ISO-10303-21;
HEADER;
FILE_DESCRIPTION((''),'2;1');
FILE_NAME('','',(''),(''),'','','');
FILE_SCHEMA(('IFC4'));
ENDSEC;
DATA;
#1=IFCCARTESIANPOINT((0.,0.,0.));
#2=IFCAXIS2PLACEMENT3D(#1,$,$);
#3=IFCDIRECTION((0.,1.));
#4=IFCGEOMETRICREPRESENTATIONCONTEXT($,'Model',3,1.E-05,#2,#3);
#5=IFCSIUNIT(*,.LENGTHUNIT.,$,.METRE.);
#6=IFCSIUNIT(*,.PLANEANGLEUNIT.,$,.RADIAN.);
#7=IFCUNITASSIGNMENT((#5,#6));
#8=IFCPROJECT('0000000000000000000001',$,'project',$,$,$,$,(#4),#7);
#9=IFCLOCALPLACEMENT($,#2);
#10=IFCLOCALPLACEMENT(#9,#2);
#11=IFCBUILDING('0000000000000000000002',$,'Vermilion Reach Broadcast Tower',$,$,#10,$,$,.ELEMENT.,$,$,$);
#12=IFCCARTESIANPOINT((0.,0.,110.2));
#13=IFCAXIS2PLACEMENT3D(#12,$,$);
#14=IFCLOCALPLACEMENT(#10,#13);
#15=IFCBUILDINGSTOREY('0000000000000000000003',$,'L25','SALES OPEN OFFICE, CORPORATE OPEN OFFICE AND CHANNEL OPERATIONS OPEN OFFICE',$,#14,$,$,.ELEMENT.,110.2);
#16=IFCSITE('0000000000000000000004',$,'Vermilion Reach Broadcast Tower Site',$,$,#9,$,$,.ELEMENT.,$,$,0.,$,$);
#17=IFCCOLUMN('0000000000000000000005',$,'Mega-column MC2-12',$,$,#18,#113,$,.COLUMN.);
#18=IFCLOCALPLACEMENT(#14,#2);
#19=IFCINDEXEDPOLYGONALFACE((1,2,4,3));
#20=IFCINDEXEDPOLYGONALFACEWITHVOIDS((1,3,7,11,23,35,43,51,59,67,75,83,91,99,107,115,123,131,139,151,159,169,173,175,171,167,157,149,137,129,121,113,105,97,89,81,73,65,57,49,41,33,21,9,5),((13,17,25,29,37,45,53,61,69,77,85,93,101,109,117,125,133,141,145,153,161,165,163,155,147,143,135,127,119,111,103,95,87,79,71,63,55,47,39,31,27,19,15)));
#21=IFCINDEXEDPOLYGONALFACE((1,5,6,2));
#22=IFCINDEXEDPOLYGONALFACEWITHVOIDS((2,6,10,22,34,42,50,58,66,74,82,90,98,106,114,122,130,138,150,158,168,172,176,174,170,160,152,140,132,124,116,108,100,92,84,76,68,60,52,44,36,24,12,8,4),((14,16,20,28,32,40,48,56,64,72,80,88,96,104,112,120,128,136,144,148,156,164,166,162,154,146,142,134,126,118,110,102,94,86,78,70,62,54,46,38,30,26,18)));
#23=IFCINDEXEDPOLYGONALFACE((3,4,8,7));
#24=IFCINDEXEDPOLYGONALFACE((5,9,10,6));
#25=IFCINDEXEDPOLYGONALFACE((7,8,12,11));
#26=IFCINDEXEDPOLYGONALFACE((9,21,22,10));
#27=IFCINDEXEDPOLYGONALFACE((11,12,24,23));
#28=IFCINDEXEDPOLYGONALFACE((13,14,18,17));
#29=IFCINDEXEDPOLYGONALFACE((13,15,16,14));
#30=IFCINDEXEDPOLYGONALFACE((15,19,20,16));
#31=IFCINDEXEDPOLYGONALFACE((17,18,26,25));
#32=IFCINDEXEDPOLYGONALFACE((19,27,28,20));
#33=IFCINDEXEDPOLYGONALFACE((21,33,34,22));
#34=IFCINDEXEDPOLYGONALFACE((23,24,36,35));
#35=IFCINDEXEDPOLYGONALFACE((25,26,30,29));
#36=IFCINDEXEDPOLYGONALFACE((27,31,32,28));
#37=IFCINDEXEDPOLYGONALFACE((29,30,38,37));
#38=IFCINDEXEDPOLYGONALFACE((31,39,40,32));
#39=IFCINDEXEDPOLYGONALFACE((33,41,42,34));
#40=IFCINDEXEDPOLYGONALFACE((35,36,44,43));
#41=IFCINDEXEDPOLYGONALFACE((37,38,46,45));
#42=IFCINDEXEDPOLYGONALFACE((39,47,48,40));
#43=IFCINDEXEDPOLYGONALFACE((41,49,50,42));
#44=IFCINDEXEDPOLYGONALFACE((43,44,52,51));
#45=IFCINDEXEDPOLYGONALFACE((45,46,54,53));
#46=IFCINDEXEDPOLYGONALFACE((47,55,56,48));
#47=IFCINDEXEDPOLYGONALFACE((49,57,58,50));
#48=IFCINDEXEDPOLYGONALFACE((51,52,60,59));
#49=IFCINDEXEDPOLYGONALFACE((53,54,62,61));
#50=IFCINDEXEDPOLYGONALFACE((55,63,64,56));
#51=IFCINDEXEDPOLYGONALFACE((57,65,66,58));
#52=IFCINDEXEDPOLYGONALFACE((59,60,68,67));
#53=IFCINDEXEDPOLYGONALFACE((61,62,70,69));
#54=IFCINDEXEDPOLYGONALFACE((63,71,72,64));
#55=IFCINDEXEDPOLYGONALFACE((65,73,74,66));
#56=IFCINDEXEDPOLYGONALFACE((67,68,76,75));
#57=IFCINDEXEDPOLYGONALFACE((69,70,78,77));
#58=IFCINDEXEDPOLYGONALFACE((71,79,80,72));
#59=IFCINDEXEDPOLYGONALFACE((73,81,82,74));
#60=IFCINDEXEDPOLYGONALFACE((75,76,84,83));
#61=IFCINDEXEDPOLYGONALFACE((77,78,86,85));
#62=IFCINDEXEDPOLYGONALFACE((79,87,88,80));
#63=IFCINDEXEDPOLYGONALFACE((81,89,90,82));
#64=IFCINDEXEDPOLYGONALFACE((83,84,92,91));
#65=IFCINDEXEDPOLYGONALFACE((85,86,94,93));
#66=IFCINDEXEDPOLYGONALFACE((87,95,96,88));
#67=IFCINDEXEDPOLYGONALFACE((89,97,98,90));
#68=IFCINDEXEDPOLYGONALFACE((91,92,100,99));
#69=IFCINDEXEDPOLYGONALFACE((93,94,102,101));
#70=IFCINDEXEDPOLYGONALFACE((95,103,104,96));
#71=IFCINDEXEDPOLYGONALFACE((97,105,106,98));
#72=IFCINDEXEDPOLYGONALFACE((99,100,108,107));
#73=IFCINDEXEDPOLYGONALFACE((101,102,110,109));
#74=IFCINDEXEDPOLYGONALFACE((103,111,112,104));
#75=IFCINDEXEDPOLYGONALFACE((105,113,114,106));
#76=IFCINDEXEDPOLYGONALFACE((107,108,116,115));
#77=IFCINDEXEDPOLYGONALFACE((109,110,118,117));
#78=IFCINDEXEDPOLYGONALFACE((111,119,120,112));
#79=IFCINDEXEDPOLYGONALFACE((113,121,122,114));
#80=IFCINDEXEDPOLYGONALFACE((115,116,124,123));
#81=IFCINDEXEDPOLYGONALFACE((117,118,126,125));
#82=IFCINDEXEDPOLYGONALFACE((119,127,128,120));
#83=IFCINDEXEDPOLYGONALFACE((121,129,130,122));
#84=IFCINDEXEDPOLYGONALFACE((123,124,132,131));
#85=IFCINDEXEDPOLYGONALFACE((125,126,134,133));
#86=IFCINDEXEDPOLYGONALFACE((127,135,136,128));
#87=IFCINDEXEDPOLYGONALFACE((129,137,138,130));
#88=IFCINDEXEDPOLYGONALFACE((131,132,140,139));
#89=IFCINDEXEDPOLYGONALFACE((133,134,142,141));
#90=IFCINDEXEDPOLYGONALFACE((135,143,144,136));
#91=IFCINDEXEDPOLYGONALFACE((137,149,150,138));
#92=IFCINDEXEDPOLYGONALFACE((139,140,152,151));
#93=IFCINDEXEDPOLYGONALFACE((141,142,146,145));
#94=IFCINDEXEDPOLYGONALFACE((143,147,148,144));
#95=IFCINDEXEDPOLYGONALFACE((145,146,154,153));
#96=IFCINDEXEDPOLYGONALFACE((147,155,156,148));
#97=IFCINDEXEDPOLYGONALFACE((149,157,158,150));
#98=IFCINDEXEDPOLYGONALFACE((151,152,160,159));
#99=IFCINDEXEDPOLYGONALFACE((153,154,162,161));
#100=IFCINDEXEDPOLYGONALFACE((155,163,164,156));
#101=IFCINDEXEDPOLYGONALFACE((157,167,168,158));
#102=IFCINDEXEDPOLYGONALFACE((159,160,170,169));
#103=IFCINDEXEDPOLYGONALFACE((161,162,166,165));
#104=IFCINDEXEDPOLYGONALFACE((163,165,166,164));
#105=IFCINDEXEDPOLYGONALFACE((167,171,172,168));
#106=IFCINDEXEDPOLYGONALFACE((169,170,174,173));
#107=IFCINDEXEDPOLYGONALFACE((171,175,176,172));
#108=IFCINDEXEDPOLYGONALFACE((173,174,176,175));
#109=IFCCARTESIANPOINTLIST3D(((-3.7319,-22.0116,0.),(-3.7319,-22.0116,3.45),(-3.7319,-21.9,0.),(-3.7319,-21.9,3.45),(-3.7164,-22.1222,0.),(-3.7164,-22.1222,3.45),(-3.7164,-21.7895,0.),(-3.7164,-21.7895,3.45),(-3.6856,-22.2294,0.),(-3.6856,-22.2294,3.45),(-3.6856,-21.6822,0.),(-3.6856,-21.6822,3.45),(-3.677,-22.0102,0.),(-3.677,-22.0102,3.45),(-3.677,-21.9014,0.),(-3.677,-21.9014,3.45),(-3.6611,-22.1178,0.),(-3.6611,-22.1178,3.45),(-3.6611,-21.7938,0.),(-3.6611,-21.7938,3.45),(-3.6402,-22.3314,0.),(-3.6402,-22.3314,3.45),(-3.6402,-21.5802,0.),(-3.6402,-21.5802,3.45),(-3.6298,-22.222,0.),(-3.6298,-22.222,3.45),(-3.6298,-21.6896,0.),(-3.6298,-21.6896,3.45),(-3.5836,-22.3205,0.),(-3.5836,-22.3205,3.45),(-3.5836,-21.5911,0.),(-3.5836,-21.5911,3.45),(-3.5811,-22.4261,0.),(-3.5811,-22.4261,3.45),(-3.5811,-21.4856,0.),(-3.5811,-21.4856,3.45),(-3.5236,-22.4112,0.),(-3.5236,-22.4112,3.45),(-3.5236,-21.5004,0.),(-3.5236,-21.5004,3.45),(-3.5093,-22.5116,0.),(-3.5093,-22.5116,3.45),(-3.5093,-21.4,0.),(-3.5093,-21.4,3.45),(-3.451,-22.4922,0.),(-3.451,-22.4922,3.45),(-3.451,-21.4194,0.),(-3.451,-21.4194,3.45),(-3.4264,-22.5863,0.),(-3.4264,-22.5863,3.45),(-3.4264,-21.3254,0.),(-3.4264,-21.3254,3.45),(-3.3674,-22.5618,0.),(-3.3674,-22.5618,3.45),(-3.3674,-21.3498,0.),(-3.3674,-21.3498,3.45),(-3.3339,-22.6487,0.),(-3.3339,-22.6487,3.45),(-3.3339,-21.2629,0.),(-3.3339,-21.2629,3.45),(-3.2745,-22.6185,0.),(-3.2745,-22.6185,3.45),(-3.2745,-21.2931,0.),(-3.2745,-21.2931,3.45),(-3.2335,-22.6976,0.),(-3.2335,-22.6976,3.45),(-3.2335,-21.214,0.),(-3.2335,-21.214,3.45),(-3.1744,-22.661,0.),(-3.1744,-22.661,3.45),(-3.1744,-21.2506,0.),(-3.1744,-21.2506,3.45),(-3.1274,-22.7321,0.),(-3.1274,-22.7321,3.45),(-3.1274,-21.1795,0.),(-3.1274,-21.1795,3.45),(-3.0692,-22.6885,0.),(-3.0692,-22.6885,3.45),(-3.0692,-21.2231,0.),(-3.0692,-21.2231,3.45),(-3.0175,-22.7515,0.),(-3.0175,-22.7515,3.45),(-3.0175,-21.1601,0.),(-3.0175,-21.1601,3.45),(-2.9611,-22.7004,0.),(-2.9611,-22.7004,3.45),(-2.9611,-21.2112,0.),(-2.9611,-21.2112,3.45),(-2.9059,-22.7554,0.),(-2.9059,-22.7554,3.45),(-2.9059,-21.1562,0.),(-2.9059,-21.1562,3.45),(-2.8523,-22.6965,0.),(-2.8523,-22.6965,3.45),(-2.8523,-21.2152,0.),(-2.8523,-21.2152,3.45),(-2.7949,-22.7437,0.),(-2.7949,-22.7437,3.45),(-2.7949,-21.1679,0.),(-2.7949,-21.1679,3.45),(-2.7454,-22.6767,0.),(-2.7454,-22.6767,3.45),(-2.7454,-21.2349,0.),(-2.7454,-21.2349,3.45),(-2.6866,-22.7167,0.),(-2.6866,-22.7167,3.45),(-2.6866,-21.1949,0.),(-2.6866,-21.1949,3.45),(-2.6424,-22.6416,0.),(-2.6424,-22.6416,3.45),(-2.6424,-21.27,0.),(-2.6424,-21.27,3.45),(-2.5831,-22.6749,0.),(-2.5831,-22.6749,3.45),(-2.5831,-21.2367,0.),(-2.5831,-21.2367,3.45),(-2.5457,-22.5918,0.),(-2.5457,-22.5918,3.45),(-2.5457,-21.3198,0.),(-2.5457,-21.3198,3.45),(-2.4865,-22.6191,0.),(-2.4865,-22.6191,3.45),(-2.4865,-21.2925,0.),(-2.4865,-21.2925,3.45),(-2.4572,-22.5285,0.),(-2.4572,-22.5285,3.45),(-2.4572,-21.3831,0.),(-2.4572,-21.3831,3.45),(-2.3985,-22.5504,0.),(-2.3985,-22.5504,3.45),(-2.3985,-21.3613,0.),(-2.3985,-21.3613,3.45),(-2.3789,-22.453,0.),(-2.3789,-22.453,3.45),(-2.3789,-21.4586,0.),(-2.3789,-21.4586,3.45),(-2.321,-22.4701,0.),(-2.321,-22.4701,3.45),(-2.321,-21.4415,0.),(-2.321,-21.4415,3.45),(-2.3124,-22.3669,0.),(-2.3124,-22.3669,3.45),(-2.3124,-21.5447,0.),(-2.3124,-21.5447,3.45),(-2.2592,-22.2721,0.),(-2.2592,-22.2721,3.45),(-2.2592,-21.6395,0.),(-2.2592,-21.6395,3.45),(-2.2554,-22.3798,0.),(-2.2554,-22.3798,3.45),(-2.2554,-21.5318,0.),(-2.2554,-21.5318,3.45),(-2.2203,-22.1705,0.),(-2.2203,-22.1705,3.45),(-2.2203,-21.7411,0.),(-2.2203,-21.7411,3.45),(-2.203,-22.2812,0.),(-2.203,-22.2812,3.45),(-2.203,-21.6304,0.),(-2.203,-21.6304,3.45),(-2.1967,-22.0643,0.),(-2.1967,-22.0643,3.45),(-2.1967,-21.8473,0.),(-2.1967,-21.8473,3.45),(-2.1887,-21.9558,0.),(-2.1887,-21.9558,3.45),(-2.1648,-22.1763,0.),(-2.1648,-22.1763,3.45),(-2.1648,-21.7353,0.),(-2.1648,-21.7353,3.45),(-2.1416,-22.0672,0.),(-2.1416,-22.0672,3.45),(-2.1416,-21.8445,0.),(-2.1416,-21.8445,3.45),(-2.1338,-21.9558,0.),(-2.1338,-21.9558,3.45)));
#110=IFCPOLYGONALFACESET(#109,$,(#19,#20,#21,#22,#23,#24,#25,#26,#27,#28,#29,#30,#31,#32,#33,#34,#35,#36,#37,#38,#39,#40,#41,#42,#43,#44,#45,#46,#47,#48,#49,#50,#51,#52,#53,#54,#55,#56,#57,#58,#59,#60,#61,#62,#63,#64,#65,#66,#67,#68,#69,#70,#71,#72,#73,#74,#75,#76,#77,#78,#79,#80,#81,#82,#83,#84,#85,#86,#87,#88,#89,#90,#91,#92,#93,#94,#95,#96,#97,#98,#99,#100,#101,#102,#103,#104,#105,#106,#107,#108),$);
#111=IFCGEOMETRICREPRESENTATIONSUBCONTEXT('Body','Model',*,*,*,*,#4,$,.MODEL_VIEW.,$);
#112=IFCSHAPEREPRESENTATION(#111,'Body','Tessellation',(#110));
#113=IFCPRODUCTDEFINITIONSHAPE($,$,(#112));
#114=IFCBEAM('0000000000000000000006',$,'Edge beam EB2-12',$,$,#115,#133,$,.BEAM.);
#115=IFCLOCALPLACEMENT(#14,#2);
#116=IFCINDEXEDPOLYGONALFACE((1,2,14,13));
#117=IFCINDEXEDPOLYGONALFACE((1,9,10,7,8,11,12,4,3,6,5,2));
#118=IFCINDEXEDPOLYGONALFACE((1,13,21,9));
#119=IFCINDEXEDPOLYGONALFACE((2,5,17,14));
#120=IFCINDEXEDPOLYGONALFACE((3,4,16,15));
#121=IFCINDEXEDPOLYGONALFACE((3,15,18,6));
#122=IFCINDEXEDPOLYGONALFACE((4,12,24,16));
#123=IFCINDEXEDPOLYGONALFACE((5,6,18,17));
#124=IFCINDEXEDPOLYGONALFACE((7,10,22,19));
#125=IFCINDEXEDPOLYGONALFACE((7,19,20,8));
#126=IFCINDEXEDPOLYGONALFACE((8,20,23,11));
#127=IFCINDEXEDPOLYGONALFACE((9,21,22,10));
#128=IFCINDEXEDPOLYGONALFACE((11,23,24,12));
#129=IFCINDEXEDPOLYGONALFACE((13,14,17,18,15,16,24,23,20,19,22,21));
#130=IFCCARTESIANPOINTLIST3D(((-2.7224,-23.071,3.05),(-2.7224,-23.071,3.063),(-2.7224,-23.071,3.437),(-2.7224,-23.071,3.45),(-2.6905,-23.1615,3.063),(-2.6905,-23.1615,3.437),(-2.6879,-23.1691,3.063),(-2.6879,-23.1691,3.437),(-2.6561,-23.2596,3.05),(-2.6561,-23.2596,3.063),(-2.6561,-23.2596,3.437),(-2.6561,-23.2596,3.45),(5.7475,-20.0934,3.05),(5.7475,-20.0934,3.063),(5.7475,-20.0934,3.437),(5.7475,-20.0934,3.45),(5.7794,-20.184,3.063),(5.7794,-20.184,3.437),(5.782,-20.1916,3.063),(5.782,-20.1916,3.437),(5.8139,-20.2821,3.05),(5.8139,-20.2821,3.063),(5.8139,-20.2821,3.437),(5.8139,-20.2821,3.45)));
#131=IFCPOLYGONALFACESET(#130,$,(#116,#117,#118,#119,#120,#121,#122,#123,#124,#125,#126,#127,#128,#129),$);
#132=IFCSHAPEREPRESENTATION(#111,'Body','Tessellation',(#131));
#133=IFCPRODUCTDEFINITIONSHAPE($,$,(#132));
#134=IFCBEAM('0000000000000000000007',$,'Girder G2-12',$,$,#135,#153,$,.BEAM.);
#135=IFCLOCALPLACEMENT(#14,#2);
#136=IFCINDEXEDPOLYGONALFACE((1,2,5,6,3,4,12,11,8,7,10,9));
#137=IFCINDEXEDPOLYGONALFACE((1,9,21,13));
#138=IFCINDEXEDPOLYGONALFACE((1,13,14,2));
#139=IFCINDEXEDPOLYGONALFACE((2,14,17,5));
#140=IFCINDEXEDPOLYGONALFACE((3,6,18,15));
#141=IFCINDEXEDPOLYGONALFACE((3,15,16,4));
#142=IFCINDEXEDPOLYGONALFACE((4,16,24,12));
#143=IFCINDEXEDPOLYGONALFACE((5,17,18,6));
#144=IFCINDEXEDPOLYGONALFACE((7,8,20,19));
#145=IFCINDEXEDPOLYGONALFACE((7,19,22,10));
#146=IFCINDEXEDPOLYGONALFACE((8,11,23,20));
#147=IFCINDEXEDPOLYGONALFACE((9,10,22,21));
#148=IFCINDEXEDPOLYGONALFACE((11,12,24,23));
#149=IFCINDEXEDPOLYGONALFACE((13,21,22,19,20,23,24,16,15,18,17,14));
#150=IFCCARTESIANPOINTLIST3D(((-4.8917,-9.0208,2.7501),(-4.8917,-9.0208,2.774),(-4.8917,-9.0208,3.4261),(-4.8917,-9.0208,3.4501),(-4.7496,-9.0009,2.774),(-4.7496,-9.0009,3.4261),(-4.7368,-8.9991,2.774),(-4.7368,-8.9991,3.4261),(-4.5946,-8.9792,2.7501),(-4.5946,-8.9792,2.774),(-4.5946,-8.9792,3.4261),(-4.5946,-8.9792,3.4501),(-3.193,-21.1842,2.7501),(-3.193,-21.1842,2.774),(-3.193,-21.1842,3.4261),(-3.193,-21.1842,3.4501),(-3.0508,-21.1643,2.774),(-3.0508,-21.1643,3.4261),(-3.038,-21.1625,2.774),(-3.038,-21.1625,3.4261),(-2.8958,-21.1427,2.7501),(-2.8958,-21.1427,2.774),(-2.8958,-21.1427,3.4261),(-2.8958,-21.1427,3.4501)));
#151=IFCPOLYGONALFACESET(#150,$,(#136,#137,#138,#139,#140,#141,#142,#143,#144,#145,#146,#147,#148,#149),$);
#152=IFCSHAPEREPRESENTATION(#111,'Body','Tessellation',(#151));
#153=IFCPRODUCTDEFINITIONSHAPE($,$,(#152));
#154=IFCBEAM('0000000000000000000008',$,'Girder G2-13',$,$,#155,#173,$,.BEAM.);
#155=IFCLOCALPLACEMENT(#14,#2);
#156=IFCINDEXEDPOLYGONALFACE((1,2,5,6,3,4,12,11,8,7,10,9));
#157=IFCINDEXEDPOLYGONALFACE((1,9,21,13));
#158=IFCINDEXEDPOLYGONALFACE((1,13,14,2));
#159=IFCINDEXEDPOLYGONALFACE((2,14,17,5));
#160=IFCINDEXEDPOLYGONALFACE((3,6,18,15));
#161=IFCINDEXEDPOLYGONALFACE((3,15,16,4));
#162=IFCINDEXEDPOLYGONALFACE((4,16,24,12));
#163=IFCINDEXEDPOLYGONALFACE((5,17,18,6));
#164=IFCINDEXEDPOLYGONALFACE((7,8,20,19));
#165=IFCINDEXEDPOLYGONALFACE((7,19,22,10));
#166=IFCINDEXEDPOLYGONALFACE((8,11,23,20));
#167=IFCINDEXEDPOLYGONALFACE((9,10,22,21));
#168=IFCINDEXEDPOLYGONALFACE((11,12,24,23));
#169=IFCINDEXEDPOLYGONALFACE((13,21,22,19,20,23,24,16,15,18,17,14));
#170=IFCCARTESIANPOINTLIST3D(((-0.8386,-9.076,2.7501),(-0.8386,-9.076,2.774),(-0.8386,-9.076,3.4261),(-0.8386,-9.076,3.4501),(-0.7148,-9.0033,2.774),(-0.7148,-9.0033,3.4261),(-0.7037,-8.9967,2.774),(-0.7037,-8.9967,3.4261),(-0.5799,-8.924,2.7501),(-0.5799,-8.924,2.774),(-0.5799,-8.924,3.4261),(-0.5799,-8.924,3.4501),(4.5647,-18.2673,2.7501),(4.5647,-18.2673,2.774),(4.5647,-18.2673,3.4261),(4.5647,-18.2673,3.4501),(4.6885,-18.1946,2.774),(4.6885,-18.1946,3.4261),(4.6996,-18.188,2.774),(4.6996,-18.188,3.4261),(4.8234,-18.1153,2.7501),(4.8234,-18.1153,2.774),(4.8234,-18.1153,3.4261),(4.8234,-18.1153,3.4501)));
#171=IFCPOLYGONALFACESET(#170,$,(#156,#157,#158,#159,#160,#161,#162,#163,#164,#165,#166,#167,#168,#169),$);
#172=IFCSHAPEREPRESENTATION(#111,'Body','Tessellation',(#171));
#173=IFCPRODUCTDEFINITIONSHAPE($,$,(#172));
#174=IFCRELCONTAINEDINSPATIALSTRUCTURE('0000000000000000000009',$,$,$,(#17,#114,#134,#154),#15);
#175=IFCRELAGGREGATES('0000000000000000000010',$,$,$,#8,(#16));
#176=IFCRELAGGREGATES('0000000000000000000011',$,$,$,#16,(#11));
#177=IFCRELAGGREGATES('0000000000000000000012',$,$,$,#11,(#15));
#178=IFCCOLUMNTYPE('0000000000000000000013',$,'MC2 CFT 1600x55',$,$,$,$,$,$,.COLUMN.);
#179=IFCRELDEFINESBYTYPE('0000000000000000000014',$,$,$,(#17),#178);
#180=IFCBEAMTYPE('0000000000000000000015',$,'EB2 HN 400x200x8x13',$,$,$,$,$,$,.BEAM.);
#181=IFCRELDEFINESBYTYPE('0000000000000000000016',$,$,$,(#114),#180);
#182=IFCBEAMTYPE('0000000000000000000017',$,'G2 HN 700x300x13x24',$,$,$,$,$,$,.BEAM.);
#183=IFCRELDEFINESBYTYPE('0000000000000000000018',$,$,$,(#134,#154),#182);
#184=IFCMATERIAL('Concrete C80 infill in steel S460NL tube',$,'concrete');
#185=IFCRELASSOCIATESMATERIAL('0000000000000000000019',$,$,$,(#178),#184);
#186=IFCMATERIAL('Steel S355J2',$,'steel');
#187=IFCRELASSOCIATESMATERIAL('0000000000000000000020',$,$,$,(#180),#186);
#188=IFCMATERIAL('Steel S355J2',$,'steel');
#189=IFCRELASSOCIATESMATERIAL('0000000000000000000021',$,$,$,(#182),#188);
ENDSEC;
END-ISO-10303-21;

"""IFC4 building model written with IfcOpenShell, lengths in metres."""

from ifc_helpers import new_model, si_unit, direction, frame, origin, origin_2d, place, context, subcontext, project, spatial, hollow_circle, i_section, extrude, material, material_profile, profile_set, type_object, element, save


model = new_model("IFC4")

# Units and contexts
model_context = context("Model", 3, precision=1e-05, world=origin(), true_north=direction((0.0, 1.0)))
body_context = subcontext(model_context, "Body", "Model", "MODEL_VIEW")
ifc_project = project(units=[si_unit("LENGTHUNIT", "METRE"), si_unit("PLANEANGLEUNIT", "RADIAN")], contexts=[model_context])

# Site, building, storey
site_placement = place(None, origin())
site = spatial("IfcSite", under=ifc_project, at=site_placement, Name="Vermilion Reach Broadcast Tower Site", CompositionType="ELEMENT", RefElevation=0.0)
building_placement = place(site_placement, origin())
building = spatial("IfcBuilding", under=site, at=building_placement, Name="Vermilion Reach Broadcast Tower", CompositionType="ELEMENT")
storey_placement = place(building_placement, frame((0.0, 0.0, 110.2)))
storey = spatial("IfcBuildingStorey", under=building, at=storey_placement, Name="L25", Description="SALES OPEN OFFICE, CORPORATE OPEN OFFICE AND CHANNEL OPERATIONS OPEN OFFICE", CompositionType="ELEMENT", Elevation=110.2)

# Column
ifc_material_1 = material(Name="Concrete C80 infill in steel S460NL tube", Category="concrete")
ifc_material_profile_1 = material_profile(ifc_material_1, hollow_circle(Radius=0.8, WallThickness=0.0549, at=origin_2d()), Name="Concrete C80 infill in steel S460NL tube CFT 1600x55")
ifc_profile_set_1 = profile_set([ifc_material_profile_1], Name="Concrete C80 infill in steel S460NL tube")
column_type = type_object("IfcColumnType", Name="MC2 CFT 1600x55", PredefinedType="COLUMN", material=ifc_profile_set_1)
column_placement = place(storey_placement, frame((-2.9338, -21.9558, 0.0), z_axis=(0.0, 0.0, 1.0), x_axis=(1.0, 0.0, 0.0)))
element("IfcColumn", 1, at=column_placement, inside=storey, type_object=column_type, Name="Mega-column MC2-12", PredefinedType="COLUMN", context=body_context, shape_type="SweptSolid", body=[
    extrude(hollow_circle(Radius=0.8, WallThickness=0.0549, at=origin_2d()), origin(), (0.0, 0.0, 1.0), 3.45),
])

# Beams
ifc_material_2 = material(Name="Steel S355J2", Category="steel")
ifc_material_profile_2 = material_profile(ifc_material_2, i_section(OverallWidth=0.2, OverallDepth=0.3999, WebThickness=0.0081, FlangeThickness=0.0129, at=origin_2d()), Name="S355J2 HN 400x200x8x13")
ifc_profile_set_2 = profile_set([ifc_material_profile_2], Name="Steel S355J2")
beam_type_1 = type_object("IfcBeamType", Name="EB2 HN 400x200x8x13", PredefinedType="BEAM", material=ifc_profile_set_2)
beam_1_placement = place(storey_placement, frame((-2.6892, -23.1653, 3.25), z_axis=(0.943404, 0.331645, 0.0), x_axis=(-0.331645, 0.943404, 0.0)))
element("IfcBeam", 2, at=beam_1_placement, inside=storey, type_object=beam_type_1, Name="Edge beam EB2-12", PredefinedType="BEAM", context=body_context, shape_type="SweptSolid", body=[
    extrude(i_section(OverallWidth=0.2, OverallDepth=0.3999, WebThickness=0.0081, FlangeThickness=0.0129, at=origin_2d()), origin(), (0.0, 0.0, 1.0), 8.978),
])
ifc_material_3 = material(Name="Steel S355J2", Category="steel")
ifc_material_profile_3 = material_profile(ifc_material_3, i_section(OverallWidth=0.3, OverallDepth=0.7, WebThickness=0.0129, FlangeThickness=0.0239, at=origin_2d()), Name="S355J2 HN 700x300x13x24")
ifc_profile_set_3 = profile_set([ifc_material_profile_3], Name="Steel S355J2")
beam_type_2 = type_object("IfcBeamType", Name="G2 HN 700x300x13x24", PredefinedType="BEAM", material=ifc_profile_set_3)
beam_2_placement = place(storey_placement, frame((-4.7432, -9.0, 3.1001), z_axis=(0.138318, -0.990388, 0.0), x_axis=(0.990388, 0.138318, 0.0)))
element("IfcBeam", 3, at=beam_2_placement, inside=storey, type_object=beam_type_2, Name="Girder G2-12", PredefinedType="BEAM", context=body_context, shape_type="SweptSolid", body=[
    extrude(i_section(OverallWidth=0.3, OverallDepth=0.7, WebThickness=0.0129, FlangeThickness=0.0239, at=origin_2d()), origin(), (0.0, 0.0, 1.0), 12.2815),
])
beam_3_placement = place(storey_placement, frame((-0.7092, -9.0, 3.1001), z_axis=(0.506784, -0.862073, 0.0), x_axis=(0.862073, 0.506784, 0.0)))
element("IfcBeam", 4, at=beam_3_placement, inside=storey, type_object=beam_type_2, Name="Girder G2-13", PredefinedType="BEAM", context=body_context, shape_type="SweptSolid", body=[
    extrude(i_section(OverallWidth=0.3, OverallDepth=0.7, WebThickness=0.0129, FlangeThickness=0.0239, at=origin_2d()), origin(), (0.0, 0.0, 1.0), 10.6619),
])

save(model, "model.ifc")
